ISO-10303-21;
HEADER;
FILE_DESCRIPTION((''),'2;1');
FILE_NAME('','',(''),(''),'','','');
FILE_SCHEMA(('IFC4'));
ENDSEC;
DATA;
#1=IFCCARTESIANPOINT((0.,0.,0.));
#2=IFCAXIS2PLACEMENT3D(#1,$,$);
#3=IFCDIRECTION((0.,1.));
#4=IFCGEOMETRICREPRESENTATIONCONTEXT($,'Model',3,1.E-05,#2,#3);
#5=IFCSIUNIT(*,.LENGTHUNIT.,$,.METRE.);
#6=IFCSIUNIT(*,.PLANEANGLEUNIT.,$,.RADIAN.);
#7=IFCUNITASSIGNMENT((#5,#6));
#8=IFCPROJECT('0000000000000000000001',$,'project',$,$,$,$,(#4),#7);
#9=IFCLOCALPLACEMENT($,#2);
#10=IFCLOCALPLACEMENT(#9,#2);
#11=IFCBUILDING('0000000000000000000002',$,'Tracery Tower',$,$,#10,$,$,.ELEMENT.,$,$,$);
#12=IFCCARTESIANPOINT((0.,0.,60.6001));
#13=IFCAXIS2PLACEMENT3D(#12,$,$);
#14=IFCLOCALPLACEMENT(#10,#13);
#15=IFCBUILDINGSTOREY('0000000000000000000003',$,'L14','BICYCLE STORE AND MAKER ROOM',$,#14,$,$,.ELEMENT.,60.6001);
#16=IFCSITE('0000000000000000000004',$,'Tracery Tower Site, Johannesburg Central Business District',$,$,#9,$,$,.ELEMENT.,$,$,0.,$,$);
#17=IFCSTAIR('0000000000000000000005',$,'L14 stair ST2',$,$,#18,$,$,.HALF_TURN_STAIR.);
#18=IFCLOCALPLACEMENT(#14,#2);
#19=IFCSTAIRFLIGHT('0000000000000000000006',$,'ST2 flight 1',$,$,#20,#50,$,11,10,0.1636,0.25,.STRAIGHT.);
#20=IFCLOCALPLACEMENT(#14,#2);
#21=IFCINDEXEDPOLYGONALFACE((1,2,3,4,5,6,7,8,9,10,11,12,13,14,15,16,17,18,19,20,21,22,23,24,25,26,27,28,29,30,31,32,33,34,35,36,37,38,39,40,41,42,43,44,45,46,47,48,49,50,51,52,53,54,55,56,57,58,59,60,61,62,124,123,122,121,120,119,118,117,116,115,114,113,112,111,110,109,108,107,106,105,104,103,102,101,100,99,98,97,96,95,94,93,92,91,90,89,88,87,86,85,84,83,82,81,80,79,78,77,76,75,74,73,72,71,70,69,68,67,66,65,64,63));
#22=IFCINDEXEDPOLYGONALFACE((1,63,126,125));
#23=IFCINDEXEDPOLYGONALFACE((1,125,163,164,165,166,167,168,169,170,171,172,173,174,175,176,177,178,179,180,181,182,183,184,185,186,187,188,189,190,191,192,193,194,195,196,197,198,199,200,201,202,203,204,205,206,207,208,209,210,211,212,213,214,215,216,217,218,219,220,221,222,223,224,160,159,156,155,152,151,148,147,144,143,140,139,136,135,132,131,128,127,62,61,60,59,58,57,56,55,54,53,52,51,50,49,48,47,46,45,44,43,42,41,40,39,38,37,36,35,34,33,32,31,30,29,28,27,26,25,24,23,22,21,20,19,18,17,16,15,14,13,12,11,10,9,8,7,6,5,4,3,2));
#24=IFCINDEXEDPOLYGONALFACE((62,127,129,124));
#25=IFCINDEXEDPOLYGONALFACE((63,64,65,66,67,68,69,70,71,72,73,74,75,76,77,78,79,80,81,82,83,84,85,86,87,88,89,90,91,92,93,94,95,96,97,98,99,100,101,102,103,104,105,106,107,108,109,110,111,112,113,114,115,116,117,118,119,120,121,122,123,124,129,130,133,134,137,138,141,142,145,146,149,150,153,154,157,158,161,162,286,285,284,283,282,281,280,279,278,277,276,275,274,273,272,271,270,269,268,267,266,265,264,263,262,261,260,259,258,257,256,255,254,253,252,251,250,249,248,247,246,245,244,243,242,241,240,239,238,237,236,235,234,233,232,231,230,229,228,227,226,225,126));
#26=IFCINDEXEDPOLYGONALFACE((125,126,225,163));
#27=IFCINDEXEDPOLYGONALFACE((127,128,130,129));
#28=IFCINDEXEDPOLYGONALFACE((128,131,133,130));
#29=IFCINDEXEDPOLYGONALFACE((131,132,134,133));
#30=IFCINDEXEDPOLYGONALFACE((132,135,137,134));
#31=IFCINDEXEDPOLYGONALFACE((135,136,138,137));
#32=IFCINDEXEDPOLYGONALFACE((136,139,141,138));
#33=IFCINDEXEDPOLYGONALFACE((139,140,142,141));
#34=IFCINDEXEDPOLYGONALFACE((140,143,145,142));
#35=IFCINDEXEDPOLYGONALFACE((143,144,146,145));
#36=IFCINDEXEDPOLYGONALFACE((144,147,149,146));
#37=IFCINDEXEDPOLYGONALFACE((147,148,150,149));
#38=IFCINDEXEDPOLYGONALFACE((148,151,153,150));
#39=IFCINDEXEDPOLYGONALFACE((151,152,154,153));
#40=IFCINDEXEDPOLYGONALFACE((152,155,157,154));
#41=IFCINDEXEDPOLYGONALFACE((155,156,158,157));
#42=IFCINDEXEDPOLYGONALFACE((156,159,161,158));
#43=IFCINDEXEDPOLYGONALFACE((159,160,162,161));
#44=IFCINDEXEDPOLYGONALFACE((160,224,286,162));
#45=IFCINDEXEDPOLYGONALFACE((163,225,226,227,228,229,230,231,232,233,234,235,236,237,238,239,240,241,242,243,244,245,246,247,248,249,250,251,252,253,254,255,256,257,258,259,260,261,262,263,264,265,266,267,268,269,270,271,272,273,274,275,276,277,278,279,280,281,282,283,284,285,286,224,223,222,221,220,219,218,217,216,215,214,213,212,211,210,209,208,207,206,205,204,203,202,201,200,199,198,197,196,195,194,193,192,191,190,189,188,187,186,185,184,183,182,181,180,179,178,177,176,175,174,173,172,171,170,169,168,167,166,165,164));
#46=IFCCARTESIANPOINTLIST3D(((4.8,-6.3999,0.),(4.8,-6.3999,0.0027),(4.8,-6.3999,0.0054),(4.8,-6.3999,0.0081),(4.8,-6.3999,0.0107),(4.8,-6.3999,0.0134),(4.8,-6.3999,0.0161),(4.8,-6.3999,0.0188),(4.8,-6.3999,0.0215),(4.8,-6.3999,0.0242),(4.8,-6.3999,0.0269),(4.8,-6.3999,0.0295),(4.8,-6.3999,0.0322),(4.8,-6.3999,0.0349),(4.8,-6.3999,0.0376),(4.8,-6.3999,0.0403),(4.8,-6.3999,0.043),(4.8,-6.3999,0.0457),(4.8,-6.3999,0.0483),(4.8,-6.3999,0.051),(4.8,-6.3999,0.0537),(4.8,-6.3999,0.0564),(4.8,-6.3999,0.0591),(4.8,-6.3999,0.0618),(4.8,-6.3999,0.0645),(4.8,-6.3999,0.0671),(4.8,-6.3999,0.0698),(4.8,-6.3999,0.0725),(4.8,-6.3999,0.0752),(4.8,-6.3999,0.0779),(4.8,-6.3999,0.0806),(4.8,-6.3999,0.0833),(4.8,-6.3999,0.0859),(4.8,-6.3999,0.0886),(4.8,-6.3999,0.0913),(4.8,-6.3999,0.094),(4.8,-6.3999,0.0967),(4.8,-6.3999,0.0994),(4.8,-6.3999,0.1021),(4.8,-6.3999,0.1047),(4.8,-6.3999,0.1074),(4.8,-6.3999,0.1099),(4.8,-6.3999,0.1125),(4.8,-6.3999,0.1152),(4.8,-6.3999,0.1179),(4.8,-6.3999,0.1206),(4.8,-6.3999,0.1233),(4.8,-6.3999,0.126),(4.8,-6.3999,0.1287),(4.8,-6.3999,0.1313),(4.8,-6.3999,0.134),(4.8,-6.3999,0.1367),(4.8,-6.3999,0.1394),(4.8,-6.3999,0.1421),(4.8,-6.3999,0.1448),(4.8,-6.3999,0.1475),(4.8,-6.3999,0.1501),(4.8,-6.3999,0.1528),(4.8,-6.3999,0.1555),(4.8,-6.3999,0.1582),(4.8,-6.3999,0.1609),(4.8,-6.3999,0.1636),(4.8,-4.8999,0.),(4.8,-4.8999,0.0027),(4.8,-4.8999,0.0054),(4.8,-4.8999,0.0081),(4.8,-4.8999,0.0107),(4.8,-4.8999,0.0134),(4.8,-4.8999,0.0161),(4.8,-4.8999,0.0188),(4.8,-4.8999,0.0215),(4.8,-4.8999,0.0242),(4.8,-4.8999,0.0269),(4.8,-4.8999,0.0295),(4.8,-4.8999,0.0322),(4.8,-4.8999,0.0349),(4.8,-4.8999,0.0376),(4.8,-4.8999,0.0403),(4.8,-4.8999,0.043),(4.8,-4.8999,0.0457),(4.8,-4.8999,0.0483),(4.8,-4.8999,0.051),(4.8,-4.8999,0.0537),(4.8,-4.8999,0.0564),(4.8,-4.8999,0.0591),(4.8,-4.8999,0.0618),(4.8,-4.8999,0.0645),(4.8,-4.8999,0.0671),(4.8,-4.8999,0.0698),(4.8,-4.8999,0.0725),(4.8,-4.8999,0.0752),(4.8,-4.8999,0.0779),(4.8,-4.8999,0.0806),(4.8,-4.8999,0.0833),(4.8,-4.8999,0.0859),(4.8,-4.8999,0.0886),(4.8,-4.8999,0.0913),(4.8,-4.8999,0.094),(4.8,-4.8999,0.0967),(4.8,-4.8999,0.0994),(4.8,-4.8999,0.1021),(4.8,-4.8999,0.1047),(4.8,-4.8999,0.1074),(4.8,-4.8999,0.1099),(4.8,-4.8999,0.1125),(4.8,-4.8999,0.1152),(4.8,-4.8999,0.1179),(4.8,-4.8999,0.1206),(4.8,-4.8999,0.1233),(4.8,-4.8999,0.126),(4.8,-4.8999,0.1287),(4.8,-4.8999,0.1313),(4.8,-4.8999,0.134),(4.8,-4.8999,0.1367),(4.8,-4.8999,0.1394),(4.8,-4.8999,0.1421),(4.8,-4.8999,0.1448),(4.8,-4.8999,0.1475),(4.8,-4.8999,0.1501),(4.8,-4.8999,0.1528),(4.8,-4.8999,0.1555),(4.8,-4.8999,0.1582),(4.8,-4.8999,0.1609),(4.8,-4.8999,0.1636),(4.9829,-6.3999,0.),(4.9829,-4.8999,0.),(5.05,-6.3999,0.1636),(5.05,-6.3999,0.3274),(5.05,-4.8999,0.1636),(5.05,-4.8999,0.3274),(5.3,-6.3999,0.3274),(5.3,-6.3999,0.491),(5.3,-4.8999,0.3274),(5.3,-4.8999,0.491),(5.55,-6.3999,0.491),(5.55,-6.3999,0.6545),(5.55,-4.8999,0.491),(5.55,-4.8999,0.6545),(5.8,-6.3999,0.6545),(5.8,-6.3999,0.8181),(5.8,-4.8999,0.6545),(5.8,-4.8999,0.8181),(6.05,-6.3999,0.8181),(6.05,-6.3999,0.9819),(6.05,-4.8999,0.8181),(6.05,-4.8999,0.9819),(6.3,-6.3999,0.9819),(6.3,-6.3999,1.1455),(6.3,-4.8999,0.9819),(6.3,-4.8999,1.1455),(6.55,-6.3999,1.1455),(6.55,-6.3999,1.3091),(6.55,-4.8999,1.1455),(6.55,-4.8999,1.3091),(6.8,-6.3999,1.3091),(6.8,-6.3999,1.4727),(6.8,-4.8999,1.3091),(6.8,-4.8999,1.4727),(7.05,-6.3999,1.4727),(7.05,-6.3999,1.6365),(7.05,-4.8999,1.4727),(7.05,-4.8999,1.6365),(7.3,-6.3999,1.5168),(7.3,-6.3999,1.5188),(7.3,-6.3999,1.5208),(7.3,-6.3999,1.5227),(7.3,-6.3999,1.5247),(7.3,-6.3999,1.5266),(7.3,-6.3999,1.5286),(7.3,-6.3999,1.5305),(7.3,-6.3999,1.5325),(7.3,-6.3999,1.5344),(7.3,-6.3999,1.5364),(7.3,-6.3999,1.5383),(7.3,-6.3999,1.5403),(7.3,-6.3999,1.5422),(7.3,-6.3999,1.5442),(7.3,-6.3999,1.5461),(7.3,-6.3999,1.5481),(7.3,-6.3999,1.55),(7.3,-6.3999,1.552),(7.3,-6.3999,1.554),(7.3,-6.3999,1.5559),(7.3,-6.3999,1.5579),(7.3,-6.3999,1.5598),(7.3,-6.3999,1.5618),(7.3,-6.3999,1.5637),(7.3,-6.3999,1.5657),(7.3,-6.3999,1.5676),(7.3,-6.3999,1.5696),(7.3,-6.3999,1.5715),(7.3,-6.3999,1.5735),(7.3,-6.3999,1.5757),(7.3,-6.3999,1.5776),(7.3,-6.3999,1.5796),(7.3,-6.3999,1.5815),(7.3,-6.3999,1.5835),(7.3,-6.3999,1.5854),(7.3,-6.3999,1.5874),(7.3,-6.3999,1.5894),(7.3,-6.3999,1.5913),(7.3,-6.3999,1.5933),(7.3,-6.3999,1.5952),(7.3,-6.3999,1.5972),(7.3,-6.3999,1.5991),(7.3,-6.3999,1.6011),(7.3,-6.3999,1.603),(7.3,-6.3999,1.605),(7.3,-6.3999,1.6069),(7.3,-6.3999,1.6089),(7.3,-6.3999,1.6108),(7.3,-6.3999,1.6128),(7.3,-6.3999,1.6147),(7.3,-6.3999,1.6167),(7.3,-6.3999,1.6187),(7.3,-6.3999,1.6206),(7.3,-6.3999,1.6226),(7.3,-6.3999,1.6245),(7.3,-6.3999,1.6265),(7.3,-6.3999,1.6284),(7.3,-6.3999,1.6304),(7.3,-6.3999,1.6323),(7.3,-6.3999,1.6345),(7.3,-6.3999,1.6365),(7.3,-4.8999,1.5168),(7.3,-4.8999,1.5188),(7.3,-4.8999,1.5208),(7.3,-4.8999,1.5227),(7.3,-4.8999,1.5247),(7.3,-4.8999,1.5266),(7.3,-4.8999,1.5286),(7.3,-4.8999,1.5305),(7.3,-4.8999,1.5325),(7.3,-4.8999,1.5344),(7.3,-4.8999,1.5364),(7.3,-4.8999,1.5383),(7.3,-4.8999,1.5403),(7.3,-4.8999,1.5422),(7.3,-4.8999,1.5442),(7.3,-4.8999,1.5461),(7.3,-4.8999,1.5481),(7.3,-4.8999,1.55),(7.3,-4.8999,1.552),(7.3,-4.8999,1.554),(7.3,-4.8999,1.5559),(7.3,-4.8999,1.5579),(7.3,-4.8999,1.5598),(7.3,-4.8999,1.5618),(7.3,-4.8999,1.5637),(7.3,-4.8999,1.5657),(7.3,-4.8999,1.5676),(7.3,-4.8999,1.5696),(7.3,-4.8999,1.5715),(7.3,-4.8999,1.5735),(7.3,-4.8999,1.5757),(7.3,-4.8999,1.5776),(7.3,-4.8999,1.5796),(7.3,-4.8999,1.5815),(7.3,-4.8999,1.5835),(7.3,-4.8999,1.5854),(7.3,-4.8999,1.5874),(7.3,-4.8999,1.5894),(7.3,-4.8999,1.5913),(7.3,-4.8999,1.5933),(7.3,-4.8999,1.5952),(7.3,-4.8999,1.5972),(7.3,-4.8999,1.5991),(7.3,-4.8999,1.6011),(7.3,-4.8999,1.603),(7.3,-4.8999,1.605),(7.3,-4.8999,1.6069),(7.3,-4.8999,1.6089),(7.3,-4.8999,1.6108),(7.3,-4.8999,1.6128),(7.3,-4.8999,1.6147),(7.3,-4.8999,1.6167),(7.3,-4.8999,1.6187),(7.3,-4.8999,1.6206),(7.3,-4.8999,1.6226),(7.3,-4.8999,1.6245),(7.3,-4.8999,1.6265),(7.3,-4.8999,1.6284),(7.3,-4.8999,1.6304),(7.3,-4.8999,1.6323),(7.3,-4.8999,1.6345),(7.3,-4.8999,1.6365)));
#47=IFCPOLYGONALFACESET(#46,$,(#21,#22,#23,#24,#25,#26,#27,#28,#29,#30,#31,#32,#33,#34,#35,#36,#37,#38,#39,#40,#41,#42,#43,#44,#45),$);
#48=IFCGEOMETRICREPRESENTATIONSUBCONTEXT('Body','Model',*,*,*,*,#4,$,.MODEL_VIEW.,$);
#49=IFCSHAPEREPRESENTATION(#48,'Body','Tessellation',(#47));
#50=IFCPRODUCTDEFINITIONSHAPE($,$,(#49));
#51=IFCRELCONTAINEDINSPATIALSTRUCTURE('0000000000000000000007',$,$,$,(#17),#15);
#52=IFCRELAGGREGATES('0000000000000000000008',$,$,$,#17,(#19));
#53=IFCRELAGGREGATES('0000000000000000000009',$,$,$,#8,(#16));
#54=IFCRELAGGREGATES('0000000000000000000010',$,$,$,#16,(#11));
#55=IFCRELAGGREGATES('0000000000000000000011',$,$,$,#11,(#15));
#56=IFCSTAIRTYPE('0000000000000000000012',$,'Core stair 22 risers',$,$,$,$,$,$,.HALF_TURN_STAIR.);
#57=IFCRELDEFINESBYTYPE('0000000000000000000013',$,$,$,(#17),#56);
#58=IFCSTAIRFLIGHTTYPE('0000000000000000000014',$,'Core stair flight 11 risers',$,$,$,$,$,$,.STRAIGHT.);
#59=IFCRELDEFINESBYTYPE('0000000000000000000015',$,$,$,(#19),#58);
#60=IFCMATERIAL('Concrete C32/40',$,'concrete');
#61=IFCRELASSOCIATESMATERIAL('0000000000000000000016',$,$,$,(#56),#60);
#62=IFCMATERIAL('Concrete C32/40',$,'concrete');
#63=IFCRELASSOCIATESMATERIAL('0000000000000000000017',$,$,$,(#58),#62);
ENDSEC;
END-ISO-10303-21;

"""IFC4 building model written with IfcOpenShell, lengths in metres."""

from ifc_helpers import new_model, si_unit, direction, frame, origin, place, context, subcontext, project, spatial, polyline, outline, extrude, material, type_object, element, aggregate, save


model = new_model("IFC4")

# Units and contexts
model_context = context("Model", 3, precision=1e-05, world=origin(), true_north=direction((0.0, 1.0)))
body_context = subcontext(model_context, "Body", "Model", "MODEL_VIEW")
ifc_project = project(units=[si_unit("LENGTHUNIT", "METRE"), si_unit("PLANEANGLEUNIT", "RADIAN")], contexts=[model_context])

# Site, building, storey
site_placement = place(None, origin())
site = spatial("IfcSite", under=ifc_project, at=site_placement, Name="Tracery Tower Site, Johannesburg Central Business District", CompositionType="ELEMENT", RefElevation=0.0)
building_placement = place(site_placement, origin())
building = spatial("IfcBuilding", under=site, at=building_placement, Name="Tracery Tower", CompositionType="ELEMENT")
storey_placement = place(building_placement, frame((0.0, 0.0, 60.6001)))
storey = spatial("IfcBuildingStorey", under=building, at=storey_placement, Name="L14", Description="BICYCLE STORE AND MAKER ROOM", CompositionType="ELEMENT", Elevation=60.6001)

# Stair, stair flight
ifc_material_1 = material(Name="Concrete C32/40", Category="concrete")
stair_type = type_object("IfcStairType", Name="Core stair 22 risers", PredefinedType="HALF_TURN_STAIR", material=ifc_material_1)
stair_placement = place(storey_placement, origin())
stair = element("IfcStair", 1, at=stair_placement, inside=storey, type_object=stair_type, Name="L14 stair ST2", PredefinedType="HALF_TURN_STAIR")
ifc_material_2 = material(Name="Concrete C32/40", Category="concrete")
stair_flight_type = type_object("IfcStairFlightType", Name="Core stair flight 11 risers", PredefinedType="STRAIGHT", material=ifc_material_2)
stair_flight_1_placement = place(storey_placement, frame((4.8, -5.6499, 0.0), z_axis=(0.0, 0.0, 1.0), x_axis=(1.0, 0.0, 0.0)))
stair_flight_1 = element("IfcStairFlight", 2, at=stair_flight_1_placement, type_object=stair_flight_type, Name="ST2 flight 1", NumberOfRisers=11, NumberOfTreads=10, PredefinedType="STRAIGHT", RiserHeight=0.1636, TreadLength=0.25, context=body_context, shape_type="SweptSolid", body=[
    extrude(outline(polyline([(0.0, 0.0), (0.0, 0.0027), (0.0, 0.0054), (0.0, 0.0081), (0.0, 0.0107), (0.0, 0.0134), (0.0, 0.0161), (0.0, 0.0188), (0.0, 0.0215), (0.0, 0.0242), (0.0, 0.0269), (0.0, 0.0295), (0.0, 0.0322), (0.0, 0.0349), (0.0, 0.0376), (0.0, 0.0403), (0.0, 0.043), (0.0, 0.0457), (0.0, 0.0483), (0.0, 0.051), (0.0, 0.0537), (0.0, 0.0564), (0.0, 0.0591), (0.0, 0.0618), (0.0, 0.0645), (0.0, 0.0671), (0.0, 0.0698), (0.0, 0.0725), (0.0, 0.0752), (0.0, 0.0779), (0.0, 0.0806), (0.0, 0.0833), (0.0, 0.0859), (0.0, 0.0886), (0.0, 0.0913), (0.0, 0.094), (0.0, 0.0967), (0.0, 0.0994), (0.0, 0.1021), (0.0, 0.1047), (0.0, 0.1074), (0.0, 0.1099), (0.0, 0.1125), (0.0, 0.1152), (0.0, 0.1179), (0.0, 0.1206), (0.0, 0.1233), (0.0, 0.126), (0.0, 0.1287), (0.0, 0.1313), (0.0, 0.134), (0.0, 0.1367), (0.0, 0.1394), (0.0, 0.1421), (0.0, 0.1448), (0.0, 0.1475), (0.0, 0.1501), (0.0, 0.1528), (0.0, 0.1555), (0.0, 0.1582), (0.0, 0.1609), (0.0, 0.1636), (0.25, 0.1636), (0.25, 0.3274), (0.5, 0.3274), (0.5, 0.491), (0.75, 0.491), (0.75, 0.6545), (1.0, 0.6545), (1.0, 0.8181), (1.25, 0.8181), (1.25, 0.9819), (1.5, 0.9819), (1.5, 1.1455), (1.75, 1.1455), (1.75, 1.3091), (2.0, 1.3091), (2.0, 1.4727), (2.25, 1.4727), (2.25, 1.6365), (2.5, 1.6365), (2.5, 1.6345), (2.5, 1.6323), (2.5, 1.6304), (2.5, 1.6284), (2.5, 1.6265), (2.5, 1.6245), (2.5, 1.6226), (2.5, 1.6206), (2.5, 1.6187), (2.5, 1.6167), (2.5, 1.6147), (2.5, 1.6128), (2.5, 1.6108), (2.5, 1.6089), (2.5, 1.6069), (2.5, 1.605), (2.5, 1.603), (2.5, 1.6011), (2.5, 1.5991), (2.5, 1.5972), (2.5, 1.5952), (2.5, 1.5933), (2.5, 1.5913), (2.5, 1.5894), (2.5, 1.5874), (2.5, 1.5854), (2.5, 1.5835), (2.5, 1.5815), (2.5, 1.5796), (2.5, 1.5776), (2.5, 1.5757), (2.5, 1.5735), (2.5, 1.5715), (2.5, 1.5696), (2.5, 1.5676), (2.5, 1.5657), (2.5, 1.5637), (2.5, 1.5618), (2.5, 1.5598), (2.5, 1.5579), (2.5, 1.5559), (2.5, 1.554), (2.5, 1.552), (2.5, 1.55), (2.5, 1.5481), (2.5, 1.5461), (2.5, 1.5442), (2.5, 1.5422), (2.5, 1.5403), (2.5, 1.5383), (2.5, 1.5364), (2.5, 1.5344), (2.5, 1.5325), (2.5, 1.5305), (2.5, 1.5286), (2.5, 1.5266), (2.5, 1.5247), (2.5, 1.5227), (2.5, 1.5208), (2.5, 1.5188), (2.5, 1.5168), (0.1829, 0.0), (0.0, 0.0)])), frame((0.0, 0.75, 0.0), z_axis=(0.0, -1.0, 0.0), x_axis=(1.0, 0.0, 0.0)), (0.0, 0.0, 1.0), 1.5),
])
aggregate(stair, [stair_flight_1])

save(model, "model.ifc")
